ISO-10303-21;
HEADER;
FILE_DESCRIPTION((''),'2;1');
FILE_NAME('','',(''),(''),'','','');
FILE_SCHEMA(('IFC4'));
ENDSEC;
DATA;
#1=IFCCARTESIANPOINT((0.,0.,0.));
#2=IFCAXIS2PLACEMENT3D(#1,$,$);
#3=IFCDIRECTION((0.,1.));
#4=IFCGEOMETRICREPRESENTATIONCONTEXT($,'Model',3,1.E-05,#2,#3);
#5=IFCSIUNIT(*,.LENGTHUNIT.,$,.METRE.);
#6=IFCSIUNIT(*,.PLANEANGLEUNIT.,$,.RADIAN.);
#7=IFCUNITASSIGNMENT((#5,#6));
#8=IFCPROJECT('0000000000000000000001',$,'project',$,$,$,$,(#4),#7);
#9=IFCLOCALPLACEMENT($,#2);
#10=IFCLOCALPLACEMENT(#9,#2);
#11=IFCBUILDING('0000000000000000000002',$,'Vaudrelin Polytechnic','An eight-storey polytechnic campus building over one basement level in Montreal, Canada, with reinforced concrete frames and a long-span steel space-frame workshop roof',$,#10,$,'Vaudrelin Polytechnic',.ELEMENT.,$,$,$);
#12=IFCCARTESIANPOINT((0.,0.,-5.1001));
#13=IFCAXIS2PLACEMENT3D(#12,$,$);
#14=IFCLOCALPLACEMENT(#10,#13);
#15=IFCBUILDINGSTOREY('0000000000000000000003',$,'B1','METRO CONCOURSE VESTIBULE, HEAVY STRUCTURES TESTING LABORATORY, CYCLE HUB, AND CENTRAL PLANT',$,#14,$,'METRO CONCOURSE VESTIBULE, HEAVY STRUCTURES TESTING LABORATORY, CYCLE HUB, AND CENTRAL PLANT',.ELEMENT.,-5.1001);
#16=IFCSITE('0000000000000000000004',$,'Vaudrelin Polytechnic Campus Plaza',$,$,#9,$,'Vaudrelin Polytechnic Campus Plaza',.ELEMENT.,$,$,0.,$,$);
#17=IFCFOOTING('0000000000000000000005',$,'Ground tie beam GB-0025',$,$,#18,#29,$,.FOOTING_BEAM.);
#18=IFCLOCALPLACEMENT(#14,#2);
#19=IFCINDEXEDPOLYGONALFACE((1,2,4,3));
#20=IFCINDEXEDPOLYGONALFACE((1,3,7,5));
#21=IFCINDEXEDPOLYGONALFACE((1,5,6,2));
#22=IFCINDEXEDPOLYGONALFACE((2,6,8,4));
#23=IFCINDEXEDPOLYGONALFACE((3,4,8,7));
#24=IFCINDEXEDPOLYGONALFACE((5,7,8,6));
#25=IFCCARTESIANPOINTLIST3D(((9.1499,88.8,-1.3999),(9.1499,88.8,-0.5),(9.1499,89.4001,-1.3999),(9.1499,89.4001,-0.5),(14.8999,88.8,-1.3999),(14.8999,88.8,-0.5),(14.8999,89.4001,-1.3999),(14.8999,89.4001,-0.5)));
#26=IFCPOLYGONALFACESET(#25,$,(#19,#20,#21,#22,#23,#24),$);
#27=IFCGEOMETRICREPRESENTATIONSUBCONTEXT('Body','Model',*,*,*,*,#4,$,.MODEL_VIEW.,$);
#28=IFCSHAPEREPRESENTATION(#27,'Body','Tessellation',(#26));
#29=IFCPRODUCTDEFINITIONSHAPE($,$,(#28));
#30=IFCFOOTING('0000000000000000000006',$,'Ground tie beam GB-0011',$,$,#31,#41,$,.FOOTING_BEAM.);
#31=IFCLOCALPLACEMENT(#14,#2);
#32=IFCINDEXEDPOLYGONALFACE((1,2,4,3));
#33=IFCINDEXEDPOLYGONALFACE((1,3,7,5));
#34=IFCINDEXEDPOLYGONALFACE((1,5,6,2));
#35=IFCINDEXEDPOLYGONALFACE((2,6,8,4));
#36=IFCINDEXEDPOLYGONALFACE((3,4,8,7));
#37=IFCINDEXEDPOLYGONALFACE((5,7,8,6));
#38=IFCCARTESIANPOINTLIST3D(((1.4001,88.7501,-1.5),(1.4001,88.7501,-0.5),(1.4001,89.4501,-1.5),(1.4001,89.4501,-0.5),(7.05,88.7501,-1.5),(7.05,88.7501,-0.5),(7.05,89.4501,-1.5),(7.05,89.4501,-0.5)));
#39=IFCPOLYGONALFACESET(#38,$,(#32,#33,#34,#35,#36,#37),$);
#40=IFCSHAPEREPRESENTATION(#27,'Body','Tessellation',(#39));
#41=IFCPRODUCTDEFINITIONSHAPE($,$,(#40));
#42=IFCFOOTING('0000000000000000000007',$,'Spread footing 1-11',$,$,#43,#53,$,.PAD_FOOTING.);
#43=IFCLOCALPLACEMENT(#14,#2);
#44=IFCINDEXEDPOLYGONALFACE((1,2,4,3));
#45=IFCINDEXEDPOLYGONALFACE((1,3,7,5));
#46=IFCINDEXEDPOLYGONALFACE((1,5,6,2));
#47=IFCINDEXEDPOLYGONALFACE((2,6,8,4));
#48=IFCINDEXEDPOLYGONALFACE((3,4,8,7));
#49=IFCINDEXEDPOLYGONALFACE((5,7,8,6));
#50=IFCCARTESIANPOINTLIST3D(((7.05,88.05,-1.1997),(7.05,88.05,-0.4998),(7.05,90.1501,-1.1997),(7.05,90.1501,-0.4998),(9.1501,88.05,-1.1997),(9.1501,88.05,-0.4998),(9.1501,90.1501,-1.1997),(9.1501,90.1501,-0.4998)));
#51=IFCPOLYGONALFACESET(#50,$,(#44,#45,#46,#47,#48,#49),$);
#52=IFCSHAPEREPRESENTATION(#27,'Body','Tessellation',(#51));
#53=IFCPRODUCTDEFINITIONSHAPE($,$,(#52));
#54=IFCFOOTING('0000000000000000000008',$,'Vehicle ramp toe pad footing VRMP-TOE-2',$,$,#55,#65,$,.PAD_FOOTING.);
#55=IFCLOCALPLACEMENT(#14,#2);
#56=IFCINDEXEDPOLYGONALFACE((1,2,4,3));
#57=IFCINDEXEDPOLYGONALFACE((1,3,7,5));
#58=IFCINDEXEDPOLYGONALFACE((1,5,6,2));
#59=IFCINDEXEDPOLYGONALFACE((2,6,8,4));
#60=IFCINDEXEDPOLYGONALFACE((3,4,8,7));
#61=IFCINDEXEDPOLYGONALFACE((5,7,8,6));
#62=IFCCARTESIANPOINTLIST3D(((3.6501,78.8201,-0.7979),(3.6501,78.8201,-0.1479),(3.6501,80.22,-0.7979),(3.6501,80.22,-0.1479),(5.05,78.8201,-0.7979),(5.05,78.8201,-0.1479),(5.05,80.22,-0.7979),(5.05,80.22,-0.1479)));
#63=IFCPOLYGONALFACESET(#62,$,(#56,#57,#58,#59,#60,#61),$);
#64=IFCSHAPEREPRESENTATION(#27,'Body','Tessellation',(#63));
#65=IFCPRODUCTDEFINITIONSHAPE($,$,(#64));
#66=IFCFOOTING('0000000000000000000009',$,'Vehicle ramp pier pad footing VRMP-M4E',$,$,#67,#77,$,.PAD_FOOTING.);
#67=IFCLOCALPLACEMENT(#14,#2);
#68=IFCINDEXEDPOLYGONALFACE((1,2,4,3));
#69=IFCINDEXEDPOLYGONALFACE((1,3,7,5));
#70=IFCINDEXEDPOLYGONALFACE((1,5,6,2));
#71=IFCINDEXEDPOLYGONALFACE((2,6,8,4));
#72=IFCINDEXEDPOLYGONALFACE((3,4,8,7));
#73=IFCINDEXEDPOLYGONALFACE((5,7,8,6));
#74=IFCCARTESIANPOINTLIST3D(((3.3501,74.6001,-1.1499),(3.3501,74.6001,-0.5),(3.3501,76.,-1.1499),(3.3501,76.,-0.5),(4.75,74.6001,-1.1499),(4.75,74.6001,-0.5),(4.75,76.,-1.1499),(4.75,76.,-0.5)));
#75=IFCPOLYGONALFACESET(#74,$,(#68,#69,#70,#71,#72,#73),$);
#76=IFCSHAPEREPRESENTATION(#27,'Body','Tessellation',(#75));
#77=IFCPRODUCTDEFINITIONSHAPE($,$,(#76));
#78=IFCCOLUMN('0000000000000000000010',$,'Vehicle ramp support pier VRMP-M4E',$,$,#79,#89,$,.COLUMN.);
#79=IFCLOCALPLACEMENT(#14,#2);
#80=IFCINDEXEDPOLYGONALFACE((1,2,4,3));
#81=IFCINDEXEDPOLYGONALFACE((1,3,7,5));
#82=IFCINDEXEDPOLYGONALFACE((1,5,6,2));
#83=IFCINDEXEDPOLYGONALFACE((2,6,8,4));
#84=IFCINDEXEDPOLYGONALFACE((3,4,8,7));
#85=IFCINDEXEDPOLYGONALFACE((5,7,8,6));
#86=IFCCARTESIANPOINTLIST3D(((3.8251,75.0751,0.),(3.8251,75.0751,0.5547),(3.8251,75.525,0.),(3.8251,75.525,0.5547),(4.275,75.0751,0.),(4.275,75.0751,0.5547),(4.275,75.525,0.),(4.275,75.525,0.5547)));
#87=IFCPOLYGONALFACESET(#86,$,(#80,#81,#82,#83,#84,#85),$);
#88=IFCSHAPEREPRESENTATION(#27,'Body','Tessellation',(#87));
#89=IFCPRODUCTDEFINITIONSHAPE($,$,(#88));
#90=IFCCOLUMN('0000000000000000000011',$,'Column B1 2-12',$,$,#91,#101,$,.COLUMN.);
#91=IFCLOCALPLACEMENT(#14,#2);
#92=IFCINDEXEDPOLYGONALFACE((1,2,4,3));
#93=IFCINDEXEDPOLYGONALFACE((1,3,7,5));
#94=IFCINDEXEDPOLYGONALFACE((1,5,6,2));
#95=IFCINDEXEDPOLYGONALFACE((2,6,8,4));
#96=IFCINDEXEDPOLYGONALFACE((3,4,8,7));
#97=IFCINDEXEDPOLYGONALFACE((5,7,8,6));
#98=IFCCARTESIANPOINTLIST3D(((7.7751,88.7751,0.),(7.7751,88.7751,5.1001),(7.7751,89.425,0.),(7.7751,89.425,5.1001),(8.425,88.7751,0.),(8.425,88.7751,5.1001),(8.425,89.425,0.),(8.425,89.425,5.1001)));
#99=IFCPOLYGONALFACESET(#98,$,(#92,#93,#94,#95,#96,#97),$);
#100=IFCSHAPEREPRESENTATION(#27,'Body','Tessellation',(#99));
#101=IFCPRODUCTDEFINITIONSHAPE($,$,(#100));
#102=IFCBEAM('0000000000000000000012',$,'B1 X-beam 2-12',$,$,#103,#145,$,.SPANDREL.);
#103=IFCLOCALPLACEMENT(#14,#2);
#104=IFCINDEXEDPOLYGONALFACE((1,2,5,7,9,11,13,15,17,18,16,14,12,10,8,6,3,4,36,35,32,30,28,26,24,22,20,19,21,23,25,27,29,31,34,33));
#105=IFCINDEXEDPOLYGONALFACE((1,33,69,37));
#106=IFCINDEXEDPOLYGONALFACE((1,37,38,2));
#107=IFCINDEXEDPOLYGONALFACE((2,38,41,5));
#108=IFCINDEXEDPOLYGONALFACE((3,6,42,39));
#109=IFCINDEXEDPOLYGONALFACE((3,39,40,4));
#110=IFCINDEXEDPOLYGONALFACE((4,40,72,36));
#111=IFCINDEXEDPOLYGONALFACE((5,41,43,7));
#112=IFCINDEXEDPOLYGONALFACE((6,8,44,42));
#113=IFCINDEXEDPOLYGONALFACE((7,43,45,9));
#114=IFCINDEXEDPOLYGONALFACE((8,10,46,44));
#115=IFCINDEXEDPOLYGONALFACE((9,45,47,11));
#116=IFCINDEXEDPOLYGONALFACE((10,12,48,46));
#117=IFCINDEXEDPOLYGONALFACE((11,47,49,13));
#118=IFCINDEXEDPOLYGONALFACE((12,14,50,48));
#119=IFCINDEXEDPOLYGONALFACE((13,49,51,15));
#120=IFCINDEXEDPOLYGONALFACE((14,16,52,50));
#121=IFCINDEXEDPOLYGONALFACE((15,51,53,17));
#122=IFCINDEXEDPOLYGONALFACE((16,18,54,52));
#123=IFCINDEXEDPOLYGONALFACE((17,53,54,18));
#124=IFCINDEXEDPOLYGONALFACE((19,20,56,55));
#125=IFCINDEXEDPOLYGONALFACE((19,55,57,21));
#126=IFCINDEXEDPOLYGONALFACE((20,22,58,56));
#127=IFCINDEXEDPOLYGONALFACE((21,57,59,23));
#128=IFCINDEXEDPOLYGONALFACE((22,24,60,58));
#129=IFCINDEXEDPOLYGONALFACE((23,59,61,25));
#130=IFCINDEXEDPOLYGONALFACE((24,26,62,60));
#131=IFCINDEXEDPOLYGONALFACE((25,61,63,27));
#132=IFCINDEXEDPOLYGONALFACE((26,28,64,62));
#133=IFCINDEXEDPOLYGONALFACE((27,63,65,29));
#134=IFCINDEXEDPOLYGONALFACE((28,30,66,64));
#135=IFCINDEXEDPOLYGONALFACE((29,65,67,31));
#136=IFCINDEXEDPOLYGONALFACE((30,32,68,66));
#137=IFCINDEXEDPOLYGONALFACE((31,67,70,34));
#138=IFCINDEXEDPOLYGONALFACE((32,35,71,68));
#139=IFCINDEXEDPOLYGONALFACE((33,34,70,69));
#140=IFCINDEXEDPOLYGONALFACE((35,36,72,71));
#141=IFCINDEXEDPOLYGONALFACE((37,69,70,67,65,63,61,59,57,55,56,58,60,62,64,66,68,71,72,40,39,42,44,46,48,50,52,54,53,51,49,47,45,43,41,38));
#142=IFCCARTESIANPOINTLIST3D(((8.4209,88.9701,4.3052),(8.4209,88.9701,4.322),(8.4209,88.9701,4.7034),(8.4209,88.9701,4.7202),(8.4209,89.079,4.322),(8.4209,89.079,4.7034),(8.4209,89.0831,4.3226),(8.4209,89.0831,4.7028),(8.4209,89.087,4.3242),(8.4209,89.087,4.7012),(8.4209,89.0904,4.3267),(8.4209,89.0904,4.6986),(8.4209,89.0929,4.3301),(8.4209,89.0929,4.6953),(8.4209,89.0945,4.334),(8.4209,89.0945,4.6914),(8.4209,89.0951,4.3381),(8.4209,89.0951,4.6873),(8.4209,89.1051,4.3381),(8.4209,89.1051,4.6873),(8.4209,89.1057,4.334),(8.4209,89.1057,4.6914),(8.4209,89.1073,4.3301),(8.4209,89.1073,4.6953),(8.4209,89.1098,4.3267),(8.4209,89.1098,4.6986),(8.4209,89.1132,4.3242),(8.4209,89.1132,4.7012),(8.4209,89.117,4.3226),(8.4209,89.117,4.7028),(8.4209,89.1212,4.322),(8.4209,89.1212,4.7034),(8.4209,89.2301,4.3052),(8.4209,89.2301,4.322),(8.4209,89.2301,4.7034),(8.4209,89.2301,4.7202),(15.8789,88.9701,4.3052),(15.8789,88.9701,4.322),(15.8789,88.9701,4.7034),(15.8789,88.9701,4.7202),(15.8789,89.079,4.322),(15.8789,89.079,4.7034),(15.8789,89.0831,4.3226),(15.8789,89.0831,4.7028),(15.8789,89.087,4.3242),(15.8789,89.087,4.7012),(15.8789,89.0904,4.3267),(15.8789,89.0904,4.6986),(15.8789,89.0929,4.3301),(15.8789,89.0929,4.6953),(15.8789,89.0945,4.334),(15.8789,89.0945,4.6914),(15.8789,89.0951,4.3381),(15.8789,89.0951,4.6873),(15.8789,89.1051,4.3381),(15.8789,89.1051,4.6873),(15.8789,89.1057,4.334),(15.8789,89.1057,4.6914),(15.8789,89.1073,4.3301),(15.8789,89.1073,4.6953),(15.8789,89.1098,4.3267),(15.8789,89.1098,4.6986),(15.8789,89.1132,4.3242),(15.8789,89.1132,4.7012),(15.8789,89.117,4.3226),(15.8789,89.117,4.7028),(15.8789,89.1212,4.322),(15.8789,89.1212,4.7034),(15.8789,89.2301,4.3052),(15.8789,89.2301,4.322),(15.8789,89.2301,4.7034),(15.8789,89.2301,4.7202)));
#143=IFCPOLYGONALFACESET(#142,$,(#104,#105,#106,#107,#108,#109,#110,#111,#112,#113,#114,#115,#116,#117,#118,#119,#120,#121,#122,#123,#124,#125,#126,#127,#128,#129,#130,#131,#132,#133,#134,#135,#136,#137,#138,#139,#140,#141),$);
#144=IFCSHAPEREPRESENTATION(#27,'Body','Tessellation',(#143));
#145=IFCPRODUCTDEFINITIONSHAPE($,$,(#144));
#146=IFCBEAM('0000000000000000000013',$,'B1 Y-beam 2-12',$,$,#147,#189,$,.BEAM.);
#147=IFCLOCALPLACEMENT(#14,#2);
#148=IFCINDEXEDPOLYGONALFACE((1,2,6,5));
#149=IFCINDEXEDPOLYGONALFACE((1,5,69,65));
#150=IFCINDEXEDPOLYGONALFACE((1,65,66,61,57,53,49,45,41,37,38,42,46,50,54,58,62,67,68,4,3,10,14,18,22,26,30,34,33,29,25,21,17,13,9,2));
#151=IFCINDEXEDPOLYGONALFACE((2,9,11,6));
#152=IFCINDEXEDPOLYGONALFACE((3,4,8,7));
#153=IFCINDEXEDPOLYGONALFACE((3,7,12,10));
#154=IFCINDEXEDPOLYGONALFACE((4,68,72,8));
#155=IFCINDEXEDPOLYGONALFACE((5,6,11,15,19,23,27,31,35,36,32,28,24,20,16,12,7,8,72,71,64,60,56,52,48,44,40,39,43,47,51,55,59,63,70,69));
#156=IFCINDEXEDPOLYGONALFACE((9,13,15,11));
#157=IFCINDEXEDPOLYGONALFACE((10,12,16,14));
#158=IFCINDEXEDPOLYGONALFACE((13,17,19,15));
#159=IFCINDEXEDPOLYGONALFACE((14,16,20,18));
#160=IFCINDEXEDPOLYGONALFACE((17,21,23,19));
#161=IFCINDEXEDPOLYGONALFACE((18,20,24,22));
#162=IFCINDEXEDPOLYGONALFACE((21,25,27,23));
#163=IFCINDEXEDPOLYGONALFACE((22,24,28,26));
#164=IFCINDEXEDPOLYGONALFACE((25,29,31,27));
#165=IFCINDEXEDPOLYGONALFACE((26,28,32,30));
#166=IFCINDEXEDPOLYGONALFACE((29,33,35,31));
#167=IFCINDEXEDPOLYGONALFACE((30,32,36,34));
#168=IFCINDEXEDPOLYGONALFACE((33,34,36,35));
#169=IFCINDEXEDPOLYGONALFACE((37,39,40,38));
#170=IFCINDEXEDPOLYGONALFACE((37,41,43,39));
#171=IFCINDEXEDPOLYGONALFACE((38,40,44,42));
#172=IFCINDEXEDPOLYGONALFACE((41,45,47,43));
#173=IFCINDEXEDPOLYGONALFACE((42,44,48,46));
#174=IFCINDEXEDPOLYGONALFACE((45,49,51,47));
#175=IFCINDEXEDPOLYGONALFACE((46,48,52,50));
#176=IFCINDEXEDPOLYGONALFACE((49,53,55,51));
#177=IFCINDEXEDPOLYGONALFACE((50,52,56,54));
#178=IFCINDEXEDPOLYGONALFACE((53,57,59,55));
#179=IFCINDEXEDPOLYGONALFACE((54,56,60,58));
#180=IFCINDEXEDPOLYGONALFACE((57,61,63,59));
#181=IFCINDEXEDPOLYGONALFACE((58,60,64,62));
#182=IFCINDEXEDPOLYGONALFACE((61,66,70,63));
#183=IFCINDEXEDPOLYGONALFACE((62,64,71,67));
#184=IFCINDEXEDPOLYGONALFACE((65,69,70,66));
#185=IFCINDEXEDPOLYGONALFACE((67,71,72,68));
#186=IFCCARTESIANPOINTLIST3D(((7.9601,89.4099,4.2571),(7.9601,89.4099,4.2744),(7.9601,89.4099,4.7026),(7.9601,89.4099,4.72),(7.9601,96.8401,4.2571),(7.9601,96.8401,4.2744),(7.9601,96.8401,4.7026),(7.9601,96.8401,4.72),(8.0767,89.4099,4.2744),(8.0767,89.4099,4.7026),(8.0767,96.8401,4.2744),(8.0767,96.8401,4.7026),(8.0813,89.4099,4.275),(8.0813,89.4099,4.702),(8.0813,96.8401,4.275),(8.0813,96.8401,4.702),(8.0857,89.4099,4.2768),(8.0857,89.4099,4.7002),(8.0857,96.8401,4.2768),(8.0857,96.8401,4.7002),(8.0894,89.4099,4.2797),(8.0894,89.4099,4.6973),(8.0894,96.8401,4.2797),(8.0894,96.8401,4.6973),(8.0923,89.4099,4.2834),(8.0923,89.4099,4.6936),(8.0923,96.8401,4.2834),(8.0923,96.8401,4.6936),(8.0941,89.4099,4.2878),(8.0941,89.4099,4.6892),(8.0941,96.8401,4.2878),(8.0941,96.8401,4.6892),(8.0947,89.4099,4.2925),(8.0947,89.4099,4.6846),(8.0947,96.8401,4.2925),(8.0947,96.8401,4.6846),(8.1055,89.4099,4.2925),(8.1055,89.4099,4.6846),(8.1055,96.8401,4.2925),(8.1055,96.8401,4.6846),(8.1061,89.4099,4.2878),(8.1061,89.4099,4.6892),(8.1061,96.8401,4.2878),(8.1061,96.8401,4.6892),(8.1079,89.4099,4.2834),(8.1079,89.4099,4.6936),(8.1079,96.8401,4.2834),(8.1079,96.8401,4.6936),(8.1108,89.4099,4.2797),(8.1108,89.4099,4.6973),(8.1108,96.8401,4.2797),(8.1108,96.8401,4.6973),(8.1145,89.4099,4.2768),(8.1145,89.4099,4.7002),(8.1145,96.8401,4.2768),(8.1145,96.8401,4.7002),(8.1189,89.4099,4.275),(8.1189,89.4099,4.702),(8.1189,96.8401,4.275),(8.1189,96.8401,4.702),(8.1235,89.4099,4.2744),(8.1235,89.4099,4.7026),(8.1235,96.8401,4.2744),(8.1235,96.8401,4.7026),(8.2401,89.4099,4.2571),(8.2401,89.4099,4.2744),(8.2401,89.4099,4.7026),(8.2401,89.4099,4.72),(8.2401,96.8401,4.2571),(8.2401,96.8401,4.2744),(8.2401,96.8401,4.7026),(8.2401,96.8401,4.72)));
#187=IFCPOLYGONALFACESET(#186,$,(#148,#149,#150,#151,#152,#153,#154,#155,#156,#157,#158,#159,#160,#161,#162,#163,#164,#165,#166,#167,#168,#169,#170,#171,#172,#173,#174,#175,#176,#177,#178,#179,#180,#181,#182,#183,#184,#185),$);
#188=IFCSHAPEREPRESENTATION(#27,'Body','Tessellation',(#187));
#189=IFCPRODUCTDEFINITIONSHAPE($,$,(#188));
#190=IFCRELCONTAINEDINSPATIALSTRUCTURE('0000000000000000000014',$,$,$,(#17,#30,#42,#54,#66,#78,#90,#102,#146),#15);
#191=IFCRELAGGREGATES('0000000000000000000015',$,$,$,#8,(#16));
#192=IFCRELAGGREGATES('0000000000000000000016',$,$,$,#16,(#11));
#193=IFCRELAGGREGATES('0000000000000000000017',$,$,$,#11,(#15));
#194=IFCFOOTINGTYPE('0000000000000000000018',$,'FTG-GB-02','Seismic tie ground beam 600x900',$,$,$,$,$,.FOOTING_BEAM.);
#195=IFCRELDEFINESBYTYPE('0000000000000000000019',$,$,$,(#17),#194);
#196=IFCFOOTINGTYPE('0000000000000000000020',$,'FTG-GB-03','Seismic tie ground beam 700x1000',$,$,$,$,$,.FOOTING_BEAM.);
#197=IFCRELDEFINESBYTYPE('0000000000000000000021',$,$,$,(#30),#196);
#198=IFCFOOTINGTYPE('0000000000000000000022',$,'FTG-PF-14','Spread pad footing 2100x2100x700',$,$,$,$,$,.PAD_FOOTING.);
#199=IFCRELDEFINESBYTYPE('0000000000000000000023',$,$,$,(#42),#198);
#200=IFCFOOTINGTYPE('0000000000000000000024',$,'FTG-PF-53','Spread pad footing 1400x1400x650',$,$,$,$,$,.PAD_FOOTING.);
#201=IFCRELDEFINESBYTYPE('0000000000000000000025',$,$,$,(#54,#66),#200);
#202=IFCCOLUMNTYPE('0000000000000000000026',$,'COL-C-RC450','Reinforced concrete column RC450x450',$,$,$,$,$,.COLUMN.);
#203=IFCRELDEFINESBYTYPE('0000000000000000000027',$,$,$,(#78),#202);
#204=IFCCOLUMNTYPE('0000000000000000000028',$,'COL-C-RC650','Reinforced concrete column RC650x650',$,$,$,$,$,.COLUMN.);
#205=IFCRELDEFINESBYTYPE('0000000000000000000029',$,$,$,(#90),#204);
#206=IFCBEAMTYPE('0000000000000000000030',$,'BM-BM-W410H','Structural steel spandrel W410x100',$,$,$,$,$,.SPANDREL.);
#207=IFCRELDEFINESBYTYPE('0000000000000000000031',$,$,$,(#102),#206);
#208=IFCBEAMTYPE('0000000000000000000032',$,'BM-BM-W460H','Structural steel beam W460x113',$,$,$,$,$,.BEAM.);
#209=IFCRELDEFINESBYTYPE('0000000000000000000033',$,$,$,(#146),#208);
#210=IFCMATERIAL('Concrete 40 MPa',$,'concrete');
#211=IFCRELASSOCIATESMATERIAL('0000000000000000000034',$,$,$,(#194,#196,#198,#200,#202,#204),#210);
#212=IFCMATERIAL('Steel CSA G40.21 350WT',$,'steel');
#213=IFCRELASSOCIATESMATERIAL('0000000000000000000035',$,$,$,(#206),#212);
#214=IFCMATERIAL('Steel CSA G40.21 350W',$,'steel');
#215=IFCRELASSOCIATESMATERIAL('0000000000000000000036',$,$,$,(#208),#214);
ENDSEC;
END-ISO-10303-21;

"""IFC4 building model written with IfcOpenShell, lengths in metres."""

from ifc_helpers import new_model, si_unit, direction, frame, origin, origin_2d, place, context, subcontext, project, spatial, rectangle, i_section, extrude, material, material_profile, profile_set, type_object, element, save


model = new_model("IFC4")

# Units and contexts
model_context = context("Model", 3, precision=1e-05, world=origin(), true_north=direction((0.0, 1.0)))
body_context = subcontext(model_context, "Body", "Model", "MODEL_VIEW")
ifc_project = project(units=[si_unit("LENGTHUNIT", "METRE"), si_unit("PLANEANGLEUNIT", "RADIAN")], contexts=[model_context])

# Site, building, storey
site_placement = place(None, origin())
site = spatial("IfcSite", under=ifc_project, at=site_placement, Name="Vaudrelin Polytechnic Campus Plaza", LongName="Vaudrelin Polytechnic Campus Plaza", CompositionType="ELEMENT", RefElevation=0.0)
building_placement = place(site_placement, origin())
building = spatial("IfcBuilding", under=site, at=building_placement, Name="Vaudrelin Polytechnic", Description="An eight-storey polytechnic campus building over one basement level in Montreal, Canada, with reinforced concrete frames and a long-span steel space-frame workshop roof", LongName="Vaudrelin Polytechnic", CompositionType="ELEMENT")
storey_placement = place(building_placement, frame((0.0, 0.0, -5.1001)))
storey = spatial("IfcBuildingStorey", under=building, at=storey_placement, Name="B1", Description="METRO CONCOURSE VESTIBULE, HEAVY STRUCTURES TESTING LABORATORY, CYCLE HUB, AND CENTRAL PLANT", LongName="METRO CONCOURSE VESTIBULE, HEAVY STRUCTURES TESTING LABORATORY, CYCLE HUB, AND CENTRAL PLANT", CompositionType="ELEMENT", Elevation=-5.1001)

# Footings
ifc_material_1 = material(Name="Concrete 40 MPa", Category="concrete")
footing_type_1 = type_object("IfcFootingType", Name="FTG-GB-02", Description="Seismic tie ground beam 600x900", PredefinedType="FOOTING_BEAM", material=ifc_material_1)
footing_1_placement = place(storey_placement, frame((12.0249, 89.1001, -1.3999), z_axis=(0.0, 0.0, 1.0), x_axis=(1.0, 0.0, 0.0)))
element("IfcFooting", 1, at=footing_1_placement, inside=storey, type_object=footing_type_1, Name="Ground tie beam GB-0025", PredefinedType="FOOTING_BEAM", context=body_context, shape_type="SweptSolid", body=[
    extrude(rectangle(XDim=5.75, YDim=0.6001, at=origin_2d()), origin(), (0.0, 0.0, 1.0), 0.8999),
])
footing_type_2 = type_object("IfcFootingType", Name="FTG-GB-03", Description="Seismic tie ground beam 700x1000", PredefinedType="FOOTING_BEAM", material=ifc_material_1)
footing_2_placement = place(storey_placement, frame((4.2251, 89.1001, -1.5), z_axis=(0.0, 0.0, 1.0), x_axis=(1.0, 0.0, 0.0)))
element("IfcFooting", 2, at=footing_2_placement, inside=storey, type_object=footing_type_2, Name="Ground tie beam GB-0011", PredefinedType="FOOTING_BEAM", context=body_context, shape_type="SweptSolid", body=[
    extrude(rectangle(XDim=5.6499, YDim=0.7, at=origin_2d()), origin(), (0.0, 0.0, 1.0), 1.0),
])
footing_type_3 = type_object("IfcFootingType", Name="FTG-PF-14", Description="Spread pad footing 2100x2100x700", PredefinedType="PAD_FOOTING", material=ifc_material_1)
footing_3_placement = place(storey_placement, frame((8.1001, 89.1001, -1.1997), z_axis=(0.0, 0.0, 1.0), x_axis=(1.0, 0.0, 0.0)))
element("IfcFooting", 3, at=footing_3_placement, inside=storey, type_object=footing_type_3, Name="Spread footing 1-11", PredefinedType="PAD_FOOTING", context=body_context, shape_type="SweptSolid", body=[
    extrude(rectangle(XDim=2.1001, YDim=2.1001, at=origin_2d()), origin(), (0.0, 0.0, 1.0), 0.7),
])
footing_type_4 = type_object("IfcFootingType", Name="FTG-PF-53", Description="Spread pad footing 1400x1400x650", PredefinedType="PAD_FOOTING", material=ifc_material_1)
for number, where, z_axis, x_axis, name in (
    (4, (4.3501, 79.52, -0.7979), (0.0, 0.0, 1.0), (1.0, 0.0, 0.0), "Vehicle ramp toe pad footing VRMP-TOE-2"),
    (5, (4.05, 75.3, -1.1499), (0.0, 0.0, 1.0), (1.0, 0.0, 0.0), "Vehicle ramp pier pad footing VRMP-M4E"),
):
    element("IfcFooting", number, at=place(storey_placement, frame(where, z_axis=z_axis, x_axis=x_axis)), inside=storey, type_object=footing_type_4, Name=name, PredefinedType="PAD_FOOTING", context=body_context, shape_type="SweptSolid", body=[
        extrude(rectangle(XDim=1.3999, YDim=1.3999, at=origin_2d()), origin(), (0.0, 0.0, 1.0), 0.6499),
    ])

# Columns
ifc_material_profile_1 = material_profile(ifc_material_1, rectangle(XDim=0.45, YDim=0.45, at=origin_2d()), Name="RC450x450")
ifc_profile_set_1 = profile_set([ifc_material_profile_1], Name="Concrete 40 MPa")
column_type_1 = type_object("IfcColumnType", Name="COL-C-RC450", Description="Reinforced concrete column RC450x450", PredefinedType="COLUMN", material=ifc_profile_set_1)
column_1_placement = place(storey_placement, frame((4.05, 75.3, 0.0), z_axis=(0.0, 0.0, 1.0), x_axis=(1.0, 0.0, 0.0)))
element("IfcColumn", 6, at=column_1_placement, inside=storey, type_object=column_type_1, Name="Vehicle ramp support pier VRMP-M4E", PredefinedType="COLUMN", context=body_context, shape_type="SweptSolid", body=[
    extrude(rectangle(XDim=0.45, YDim=0.45, at=origin_2d()), origin(), (0.0, 0.0, 1.0), 0.5547),
])
ifc_material_profile_2 = material_profile(ifc_material_1, rectangle(XDim=0.6499, YDim=0.6499, at=origin_2d()), Name="RC650x650")
ifc_profile_set_2 = profile_set([ifc_material_profile_2], Name="Concrete 40 MPa")
column_type_2 = type_object("IfcColumnType", Name="COL-C-RC650", Description="Reinforced concrete column RC650x650", PredefinedType="COLUMN", material=ifc_profile_set_2)
column_2_placement = place(storey_placement, frame((8.1001, 89.1001, 0.0), z_axis=(0.0, 0.0, 1.0), x_axis=(1.0, 0.0, 0.0)))
element("IfcColumn", 7, at=column_2_placement, inside=storey, type_object=column_type_2, Name="Column B1 2-12", PredefinedType="COLUMN", context=body_context, shape_type="SweptSolid", body=[
    extrude(rectangle(XDim=0.6499, YDim=0.6499, at=origin_2d()), origin(), (0.0, 0.0, 1.0), 5.1001),
])

# Beams
ifc_material_2 = material(Name="Steel CSA G40.21 350WT", Category="steel")
ifc_material_profile_3 = material_profile(ifc_material_2, i_section(OverallWidth=0.26, OverallDepth=0.415, WebThickness=0.01, FlangeThickness=0.0168, FilletRadius=0.0161, at=origin_2d()), Name="W410x100")
ifc_profile_set_3 = profile_set([ifc_material_profile_3], Name="Steel CSA G40.21 350WT")
beam_type_1 = type_object("IfcBeamType", Name="BM-BM-W410H", Description="Structural steel spandrel W410x100", PredefinedType="SPANDREL", material=ifc_profile_set_3)
beam_1_placement = place(storey_placement, frame((8.4209, 89.1001, 4.5127), z_axis=(1.0, 0.0, 0.0), x_axis=(0.0, 1.0, 0.0)))
element("IfcBeam", 8, at=beam_1_placement, inside=storey, type_object=beam_type_1, Name="B1 X-beam 2-12", PredefinedType="SPANDREL", context=body_context, shape_type="SweptSolid", body=[
    extrude(i_section(OverallWidth=0.26, OverallDepth=0.415, WebThickness=0.01, FlangeThickness=0.0168, FilletRadius=0.0161, at=origin_2d()), origin(), (0.0, 0.0, 1.0), 7.458),
])
ifc_material_3 = material(Name="Steel CSA G40.21 350W", Category="steel")
ifc_material_profile_4 = material_profile(ifc_material_3, i_section(OverallWidth=0.28, OverallDepth=0.4629, WebThickness=0.0107, FlangeThickness=0.0173, FilletRadius=0.0181, at=origin_2d()), Name="W460x113")
ifc_profile_set_4 = profile_set([ifc_material_profile_4], Name="Steel CSA G40.21 350W")
beam_type_2 = type_object("IfcBeamType", Name="BM-BM-W460H", Description="Structural steel beam W460x113", PredefinedType="BEAM", material=ifc_profile_set_4)
beam_2_placement = place(storey_placement, frame((8.1001, 89.4099, 4.4885), z_axis=(0.0, 1.0, 0.0), x_axis=(-1.0, 0.0, 0.0)))
element("IfcBeam", 9, at=beam_2_placement, inside=storey, type_object=beam_type_2, Name="B1 Y-beam 2-12", PredefinedType="BEAM", context=body_context, shape_type="SweptSolid", body=[
    extrude(i_section(OverallWidth=0.28, OverallDepth=0.4629, WebThickness=0.0107, FlangeThickness=0.0173, FilletRadius=0.0181, at=origin_2d()), origin(), (0.0, 0.0, 1.0), 7.4302),
])

save(model, "model.ifc")
